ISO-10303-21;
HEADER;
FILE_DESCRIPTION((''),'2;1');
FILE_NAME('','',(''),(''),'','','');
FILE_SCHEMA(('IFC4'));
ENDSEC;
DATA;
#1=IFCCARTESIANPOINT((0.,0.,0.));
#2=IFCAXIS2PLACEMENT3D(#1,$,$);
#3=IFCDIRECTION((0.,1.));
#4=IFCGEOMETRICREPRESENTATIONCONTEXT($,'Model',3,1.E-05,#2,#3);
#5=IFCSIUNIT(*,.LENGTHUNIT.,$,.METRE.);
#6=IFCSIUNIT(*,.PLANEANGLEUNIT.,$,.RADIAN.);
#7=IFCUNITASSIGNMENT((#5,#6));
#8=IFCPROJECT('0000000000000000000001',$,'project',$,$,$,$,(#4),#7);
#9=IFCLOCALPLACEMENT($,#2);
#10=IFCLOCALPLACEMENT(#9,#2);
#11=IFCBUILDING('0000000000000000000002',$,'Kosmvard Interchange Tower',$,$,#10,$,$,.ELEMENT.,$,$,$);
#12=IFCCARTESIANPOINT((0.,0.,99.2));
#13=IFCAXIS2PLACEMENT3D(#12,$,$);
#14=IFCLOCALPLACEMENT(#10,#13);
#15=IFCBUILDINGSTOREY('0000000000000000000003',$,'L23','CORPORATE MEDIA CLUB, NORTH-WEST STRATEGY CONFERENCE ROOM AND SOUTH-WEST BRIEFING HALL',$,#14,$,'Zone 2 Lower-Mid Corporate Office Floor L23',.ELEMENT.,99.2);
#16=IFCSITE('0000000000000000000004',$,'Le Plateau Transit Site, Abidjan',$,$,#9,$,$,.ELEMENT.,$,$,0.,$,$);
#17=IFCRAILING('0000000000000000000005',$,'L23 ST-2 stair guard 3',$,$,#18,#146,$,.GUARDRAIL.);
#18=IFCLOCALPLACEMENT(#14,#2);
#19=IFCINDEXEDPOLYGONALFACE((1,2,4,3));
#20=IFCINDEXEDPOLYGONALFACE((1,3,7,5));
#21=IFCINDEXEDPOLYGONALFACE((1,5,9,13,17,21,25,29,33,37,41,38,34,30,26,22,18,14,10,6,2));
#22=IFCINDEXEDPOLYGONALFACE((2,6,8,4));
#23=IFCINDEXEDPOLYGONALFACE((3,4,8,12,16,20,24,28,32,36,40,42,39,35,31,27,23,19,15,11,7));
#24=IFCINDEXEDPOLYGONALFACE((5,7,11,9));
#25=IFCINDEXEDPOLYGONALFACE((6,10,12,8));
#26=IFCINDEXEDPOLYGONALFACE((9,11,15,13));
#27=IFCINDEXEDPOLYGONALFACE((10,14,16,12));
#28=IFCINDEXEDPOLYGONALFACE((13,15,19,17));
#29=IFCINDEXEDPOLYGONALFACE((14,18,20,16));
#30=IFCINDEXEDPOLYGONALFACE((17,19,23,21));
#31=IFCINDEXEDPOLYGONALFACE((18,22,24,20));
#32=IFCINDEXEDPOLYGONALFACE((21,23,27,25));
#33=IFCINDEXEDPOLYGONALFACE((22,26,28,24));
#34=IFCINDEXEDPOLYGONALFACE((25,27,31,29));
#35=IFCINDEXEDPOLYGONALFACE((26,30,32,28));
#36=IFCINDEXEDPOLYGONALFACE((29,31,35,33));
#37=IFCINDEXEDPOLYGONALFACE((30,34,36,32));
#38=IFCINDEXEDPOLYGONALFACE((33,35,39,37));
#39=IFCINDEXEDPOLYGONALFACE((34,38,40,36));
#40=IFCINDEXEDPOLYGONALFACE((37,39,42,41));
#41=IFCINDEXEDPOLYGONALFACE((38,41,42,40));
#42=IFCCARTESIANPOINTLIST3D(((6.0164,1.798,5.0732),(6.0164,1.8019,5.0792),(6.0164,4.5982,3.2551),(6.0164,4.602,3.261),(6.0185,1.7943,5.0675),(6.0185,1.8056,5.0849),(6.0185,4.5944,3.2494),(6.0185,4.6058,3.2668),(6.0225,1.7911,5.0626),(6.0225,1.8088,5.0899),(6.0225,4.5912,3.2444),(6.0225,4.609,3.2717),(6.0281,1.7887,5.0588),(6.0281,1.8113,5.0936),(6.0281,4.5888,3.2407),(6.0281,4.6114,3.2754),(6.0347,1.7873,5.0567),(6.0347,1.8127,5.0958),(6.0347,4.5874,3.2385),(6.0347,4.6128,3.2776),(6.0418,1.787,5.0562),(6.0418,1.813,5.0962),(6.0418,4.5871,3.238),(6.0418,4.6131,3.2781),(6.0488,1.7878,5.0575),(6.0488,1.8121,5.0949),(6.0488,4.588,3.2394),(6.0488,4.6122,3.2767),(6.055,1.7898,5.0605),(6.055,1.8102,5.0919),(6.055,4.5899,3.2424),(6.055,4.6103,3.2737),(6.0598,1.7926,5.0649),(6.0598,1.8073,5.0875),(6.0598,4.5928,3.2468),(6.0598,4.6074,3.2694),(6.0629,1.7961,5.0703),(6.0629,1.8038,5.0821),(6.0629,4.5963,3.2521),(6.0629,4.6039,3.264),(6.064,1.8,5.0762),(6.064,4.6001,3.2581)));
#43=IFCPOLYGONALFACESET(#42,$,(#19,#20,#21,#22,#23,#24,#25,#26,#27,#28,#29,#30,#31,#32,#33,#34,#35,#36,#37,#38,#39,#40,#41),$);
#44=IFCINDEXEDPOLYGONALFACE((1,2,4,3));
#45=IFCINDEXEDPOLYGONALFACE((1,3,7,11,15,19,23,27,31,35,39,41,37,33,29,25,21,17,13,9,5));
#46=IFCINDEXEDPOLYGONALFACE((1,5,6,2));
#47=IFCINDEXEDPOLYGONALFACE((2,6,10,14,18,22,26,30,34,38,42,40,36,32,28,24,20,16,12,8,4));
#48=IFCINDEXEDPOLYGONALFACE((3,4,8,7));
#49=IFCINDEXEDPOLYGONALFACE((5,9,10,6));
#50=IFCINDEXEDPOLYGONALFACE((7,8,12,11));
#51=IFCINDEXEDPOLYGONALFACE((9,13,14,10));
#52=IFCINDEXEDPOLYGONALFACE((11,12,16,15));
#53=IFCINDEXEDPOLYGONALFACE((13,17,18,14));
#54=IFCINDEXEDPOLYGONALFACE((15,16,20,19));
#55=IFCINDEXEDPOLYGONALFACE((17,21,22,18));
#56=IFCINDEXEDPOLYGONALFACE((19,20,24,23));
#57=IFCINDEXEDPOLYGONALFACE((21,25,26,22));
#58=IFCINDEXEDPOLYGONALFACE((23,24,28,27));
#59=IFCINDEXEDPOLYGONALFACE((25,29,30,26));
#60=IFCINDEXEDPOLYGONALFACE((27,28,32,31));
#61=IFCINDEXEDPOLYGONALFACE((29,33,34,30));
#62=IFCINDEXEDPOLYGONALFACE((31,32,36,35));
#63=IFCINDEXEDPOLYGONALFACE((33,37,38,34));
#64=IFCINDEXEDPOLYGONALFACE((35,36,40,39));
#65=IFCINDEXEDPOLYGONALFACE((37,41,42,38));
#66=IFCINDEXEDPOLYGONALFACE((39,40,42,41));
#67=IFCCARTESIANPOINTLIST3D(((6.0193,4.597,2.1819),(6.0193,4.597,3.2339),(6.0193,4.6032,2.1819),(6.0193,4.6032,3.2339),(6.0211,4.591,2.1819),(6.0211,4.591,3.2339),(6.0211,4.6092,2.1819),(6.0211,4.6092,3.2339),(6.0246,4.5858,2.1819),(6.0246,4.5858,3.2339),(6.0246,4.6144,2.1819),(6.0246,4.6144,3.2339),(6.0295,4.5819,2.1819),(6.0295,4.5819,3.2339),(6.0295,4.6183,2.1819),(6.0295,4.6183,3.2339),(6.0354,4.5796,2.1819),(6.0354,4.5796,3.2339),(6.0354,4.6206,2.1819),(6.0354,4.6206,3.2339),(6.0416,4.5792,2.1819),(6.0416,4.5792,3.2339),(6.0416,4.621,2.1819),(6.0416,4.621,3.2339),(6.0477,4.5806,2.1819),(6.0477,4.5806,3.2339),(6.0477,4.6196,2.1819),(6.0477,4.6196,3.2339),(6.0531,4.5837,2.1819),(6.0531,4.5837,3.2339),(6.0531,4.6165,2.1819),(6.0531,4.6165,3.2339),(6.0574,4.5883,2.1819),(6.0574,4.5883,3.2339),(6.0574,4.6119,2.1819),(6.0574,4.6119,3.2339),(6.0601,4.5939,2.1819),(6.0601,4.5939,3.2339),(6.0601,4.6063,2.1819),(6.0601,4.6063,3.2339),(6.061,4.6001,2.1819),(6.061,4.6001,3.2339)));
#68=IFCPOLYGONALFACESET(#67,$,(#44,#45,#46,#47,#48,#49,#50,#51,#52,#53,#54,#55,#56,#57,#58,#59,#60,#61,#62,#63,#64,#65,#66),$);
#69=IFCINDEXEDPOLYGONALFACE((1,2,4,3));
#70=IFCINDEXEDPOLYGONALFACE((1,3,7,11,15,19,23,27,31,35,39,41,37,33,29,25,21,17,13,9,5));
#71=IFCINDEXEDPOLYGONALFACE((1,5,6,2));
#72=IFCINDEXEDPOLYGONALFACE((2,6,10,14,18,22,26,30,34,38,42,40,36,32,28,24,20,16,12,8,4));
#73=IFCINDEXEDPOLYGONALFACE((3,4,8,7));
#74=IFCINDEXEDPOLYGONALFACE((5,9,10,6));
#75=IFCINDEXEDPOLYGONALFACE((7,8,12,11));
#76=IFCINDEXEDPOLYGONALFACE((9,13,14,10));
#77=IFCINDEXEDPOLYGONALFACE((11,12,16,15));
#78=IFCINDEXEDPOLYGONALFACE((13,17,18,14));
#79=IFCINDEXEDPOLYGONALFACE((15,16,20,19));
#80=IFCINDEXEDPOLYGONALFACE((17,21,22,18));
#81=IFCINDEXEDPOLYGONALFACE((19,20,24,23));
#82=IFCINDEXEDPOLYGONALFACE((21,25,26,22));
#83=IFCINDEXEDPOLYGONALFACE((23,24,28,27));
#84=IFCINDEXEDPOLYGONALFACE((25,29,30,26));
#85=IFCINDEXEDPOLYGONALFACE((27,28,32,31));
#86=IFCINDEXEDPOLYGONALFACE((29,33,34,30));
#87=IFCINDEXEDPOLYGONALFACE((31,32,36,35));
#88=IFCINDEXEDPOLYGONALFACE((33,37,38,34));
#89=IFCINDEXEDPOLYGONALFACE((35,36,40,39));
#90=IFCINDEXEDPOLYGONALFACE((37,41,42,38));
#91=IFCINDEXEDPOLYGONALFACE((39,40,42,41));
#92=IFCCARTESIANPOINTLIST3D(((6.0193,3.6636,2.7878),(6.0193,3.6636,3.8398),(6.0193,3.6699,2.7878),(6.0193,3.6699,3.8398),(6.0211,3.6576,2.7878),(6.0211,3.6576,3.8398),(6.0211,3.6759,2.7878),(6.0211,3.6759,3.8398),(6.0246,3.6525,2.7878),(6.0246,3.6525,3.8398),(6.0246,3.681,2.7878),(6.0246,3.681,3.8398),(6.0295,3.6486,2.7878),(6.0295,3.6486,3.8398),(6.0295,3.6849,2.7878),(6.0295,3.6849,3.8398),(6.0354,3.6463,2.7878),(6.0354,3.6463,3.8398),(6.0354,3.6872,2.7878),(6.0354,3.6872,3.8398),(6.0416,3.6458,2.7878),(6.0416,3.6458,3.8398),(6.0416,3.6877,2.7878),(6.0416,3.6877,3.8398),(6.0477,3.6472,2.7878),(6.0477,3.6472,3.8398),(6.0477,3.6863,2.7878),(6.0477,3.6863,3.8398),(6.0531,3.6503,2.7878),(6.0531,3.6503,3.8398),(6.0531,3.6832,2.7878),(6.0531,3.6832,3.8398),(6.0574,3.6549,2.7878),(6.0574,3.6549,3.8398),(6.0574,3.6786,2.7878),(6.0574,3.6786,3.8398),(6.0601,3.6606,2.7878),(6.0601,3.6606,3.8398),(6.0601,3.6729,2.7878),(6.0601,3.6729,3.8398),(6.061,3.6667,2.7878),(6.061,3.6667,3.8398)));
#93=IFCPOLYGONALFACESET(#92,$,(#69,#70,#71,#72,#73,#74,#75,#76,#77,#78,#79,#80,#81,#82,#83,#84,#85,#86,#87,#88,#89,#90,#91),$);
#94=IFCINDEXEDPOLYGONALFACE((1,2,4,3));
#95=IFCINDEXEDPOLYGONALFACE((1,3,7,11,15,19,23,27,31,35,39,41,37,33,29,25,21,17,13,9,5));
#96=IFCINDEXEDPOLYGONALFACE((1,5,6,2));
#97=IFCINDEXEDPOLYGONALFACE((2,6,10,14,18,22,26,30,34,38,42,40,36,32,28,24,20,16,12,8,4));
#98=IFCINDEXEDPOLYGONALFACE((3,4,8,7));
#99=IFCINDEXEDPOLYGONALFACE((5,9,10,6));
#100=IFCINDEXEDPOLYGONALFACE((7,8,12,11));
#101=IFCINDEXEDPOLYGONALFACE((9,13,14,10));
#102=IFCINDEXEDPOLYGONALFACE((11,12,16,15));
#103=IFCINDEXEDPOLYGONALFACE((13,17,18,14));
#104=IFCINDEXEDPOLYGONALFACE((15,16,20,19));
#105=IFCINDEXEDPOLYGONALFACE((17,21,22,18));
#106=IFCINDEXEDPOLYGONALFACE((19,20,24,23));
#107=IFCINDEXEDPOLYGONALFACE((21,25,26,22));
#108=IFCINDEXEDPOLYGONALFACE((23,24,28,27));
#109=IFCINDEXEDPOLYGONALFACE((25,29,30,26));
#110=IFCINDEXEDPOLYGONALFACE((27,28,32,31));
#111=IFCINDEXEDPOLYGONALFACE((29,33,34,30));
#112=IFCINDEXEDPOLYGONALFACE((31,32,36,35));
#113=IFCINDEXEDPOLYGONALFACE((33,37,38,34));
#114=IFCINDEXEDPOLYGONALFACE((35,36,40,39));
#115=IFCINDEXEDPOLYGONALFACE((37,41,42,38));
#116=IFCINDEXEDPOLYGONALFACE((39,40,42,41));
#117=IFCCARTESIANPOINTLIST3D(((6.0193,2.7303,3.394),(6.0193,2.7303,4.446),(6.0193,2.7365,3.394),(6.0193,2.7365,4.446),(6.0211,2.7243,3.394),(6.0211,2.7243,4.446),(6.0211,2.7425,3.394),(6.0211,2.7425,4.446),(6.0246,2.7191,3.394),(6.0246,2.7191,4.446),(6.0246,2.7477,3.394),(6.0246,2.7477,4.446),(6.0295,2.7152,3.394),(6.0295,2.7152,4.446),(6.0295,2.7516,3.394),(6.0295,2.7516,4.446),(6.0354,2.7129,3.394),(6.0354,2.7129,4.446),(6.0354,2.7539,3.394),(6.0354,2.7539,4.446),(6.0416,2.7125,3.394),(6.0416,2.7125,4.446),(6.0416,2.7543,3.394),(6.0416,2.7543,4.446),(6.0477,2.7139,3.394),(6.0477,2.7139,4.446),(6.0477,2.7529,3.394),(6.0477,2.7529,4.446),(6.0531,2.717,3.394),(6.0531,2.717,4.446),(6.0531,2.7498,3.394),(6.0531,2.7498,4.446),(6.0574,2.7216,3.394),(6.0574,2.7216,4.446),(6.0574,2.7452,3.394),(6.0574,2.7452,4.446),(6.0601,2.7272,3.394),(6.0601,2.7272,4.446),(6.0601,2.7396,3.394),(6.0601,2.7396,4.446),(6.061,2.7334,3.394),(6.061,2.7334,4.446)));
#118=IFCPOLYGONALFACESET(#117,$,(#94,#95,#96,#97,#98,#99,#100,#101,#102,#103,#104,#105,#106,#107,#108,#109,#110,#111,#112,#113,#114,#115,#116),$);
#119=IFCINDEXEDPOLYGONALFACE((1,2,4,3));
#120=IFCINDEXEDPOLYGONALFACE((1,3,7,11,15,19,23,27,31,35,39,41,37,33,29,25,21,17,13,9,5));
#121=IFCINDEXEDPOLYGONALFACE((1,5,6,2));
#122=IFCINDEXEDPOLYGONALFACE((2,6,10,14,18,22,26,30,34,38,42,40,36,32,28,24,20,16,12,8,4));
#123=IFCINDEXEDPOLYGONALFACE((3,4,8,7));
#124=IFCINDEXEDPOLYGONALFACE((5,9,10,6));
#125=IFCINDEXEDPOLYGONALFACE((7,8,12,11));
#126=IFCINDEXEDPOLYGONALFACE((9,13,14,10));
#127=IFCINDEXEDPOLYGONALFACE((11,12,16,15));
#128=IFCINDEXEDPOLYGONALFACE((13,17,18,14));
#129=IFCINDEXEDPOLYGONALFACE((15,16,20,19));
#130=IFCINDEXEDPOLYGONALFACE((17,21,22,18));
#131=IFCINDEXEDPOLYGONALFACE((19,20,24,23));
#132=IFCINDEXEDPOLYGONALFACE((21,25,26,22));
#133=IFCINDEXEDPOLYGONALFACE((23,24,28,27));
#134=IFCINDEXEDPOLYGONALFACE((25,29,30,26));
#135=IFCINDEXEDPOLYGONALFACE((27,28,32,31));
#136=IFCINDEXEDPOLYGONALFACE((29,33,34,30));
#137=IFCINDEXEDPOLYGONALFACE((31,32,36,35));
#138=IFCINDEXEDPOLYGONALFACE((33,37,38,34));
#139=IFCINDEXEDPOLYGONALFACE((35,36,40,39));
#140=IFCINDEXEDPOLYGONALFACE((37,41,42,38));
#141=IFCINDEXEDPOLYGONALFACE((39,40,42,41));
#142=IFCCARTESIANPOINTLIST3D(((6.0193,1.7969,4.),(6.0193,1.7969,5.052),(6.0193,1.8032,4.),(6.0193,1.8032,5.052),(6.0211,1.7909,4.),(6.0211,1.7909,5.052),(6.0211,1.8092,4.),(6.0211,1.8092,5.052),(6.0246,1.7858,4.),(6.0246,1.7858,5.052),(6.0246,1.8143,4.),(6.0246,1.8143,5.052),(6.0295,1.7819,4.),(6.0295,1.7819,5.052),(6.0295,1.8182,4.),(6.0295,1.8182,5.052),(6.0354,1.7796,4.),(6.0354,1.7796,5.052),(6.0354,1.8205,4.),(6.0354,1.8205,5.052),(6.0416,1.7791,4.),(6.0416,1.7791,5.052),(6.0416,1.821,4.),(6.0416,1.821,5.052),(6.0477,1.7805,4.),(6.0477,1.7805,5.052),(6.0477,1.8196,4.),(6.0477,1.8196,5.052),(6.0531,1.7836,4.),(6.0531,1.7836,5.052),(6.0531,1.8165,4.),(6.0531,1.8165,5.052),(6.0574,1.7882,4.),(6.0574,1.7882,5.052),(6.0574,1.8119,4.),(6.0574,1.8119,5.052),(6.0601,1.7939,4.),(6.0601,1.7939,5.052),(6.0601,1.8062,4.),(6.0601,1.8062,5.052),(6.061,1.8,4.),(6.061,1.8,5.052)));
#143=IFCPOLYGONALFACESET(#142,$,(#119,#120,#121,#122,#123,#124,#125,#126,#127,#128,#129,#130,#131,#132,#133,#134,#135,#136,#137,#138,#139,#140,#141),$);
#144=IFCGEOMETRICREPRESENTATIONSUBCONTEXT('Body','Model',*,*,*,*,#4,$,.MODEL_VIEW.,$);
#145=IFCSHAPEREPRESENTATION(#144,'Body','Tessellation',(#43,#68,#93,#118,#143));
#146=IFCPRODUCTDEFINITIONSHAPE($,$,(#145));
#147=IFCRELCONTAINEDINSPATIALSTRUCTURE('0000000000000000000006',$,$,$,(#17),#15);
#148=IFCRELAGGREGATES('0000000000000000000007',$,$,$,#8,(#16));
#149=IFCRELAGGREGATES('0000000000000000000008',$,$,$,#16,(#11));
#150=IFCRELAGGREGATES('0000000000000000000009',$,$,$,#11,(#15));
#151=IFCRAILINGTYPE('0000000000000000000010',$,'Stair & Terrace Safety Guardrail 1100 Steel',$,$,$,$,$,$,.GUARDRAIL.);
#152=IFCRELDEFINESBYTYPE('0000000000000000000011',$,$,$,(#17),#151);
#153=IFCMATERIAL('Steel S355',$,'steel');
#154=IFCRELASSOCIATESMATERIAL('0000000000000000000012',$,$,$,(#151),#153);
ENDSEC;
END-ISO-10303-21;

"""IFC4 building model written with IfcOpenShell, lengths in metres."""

from ifc_helpers import new_model, si_unit, direction, frame, origin, origin_2d, place, context, subcontext, project, spatial, circle, extrude, source, transform, mapped, material, type_object, element, save


model = new_model("IFC4")

# Units and contexts
model_context = context("Model", 3, precision=1e-05, world=origin(), true_north=direction((0.0, 1.0)))
body_context = subcontext(model_context, "Body", "Model", "MODEL_VIEW")
ifc_project = project(units=[si_unit("LENGTHUNIT", "METRE"), si_unit("PLANEANGLEUNIT", "RADIAN")], contexts=[model_context])

# Site, building, storey
site_placement = place(None, origin())
site = spatial("IfcSite", under=ifc_project, at=site_placement, Name="Le Plateau Transit Site, Abidjan", CompositionType="ELEMENT", RefElevation=0.0)
building_placement = place(site_placement, origin())
building = spatial("IfcBuilding", under=site, at=building_placement, Name="Kosmvard Interchange Tower", CompositionType="ELEMENT")
storey_placement = place(building_placement, frame((0.0, 0.0, 99.2)))
storey = spatial("IfcBuildingStorey", under=building, at=storey_placement, Name="L23", Description="CORPORATE MEDIA CLUB, NORTH-WEST STRATEGY CONFERENCE ROOM AND SOUTH-WEST BRIEFING HALL", LongName="Zone 2 Lower-Mid Corporate Office Floor L23", CompositionType="ELEMENT", Elevation=99.2)

# Railing
ifc_material_1 = material(Name="Steel S355", Category="steel")
railing_type_1 = type_object("IfcRailingType", Name="Stair & Terrace Safety Guardrail 1100 Steel", PredefinedType="GUARDRAIL", material=ifc_material_1)
shared_shape_1 = source(origin(), body_context, "Body", "SweptSolid", [
    extrude(circle(Radius=0.0239, at=origin_2d()), frame((0.0, 0.0, 1.0762), z_axis=(0.0, -0.838706, 0.544585), x_axis=(1.0, 0.0, 0.0)), (0.0, 0.0, 1.0), 3.3386),
    extrude(circle(Radius=0.021, at=origin_2d()), origin(), (0.0, 0.0, 1.0), 1.052),
    extrude(circle(Radius=0.021, at=origin_2d()), frame((0.0, -0.9333, 0.606)), (0.0, 0.0, 1.0), 1.052),
    extrude(circle(Radius=0.021, at=origin_2d()), frame((0.0, -1.8667, 1.2122)), (0.0, 0.0, 1.0), 1.052),
    extrude(circle(Radius=0.021, at=origin_2d()), frame((0.0, -2.8, 1.8181)), (0.0, 0.0, 1.0), 1.052),
])
railing_1_placement = place(storey_placement, frame((6.04, 4.6001, 2.1819)))
element("IfcRailing", 1, at=railing_1_placement, inside=storey, type_object=railing_type_1, Name="L23 ST-2 stair guard 3", PredefinedType="GUARDRAIL", context=body_context, shape_type="MappedRepresentation", body=[
    mapped(shared_shape_1, transform((0.0, 0.0, 0.0), scale=1.0)),
])

save(model, "model.ifc")
